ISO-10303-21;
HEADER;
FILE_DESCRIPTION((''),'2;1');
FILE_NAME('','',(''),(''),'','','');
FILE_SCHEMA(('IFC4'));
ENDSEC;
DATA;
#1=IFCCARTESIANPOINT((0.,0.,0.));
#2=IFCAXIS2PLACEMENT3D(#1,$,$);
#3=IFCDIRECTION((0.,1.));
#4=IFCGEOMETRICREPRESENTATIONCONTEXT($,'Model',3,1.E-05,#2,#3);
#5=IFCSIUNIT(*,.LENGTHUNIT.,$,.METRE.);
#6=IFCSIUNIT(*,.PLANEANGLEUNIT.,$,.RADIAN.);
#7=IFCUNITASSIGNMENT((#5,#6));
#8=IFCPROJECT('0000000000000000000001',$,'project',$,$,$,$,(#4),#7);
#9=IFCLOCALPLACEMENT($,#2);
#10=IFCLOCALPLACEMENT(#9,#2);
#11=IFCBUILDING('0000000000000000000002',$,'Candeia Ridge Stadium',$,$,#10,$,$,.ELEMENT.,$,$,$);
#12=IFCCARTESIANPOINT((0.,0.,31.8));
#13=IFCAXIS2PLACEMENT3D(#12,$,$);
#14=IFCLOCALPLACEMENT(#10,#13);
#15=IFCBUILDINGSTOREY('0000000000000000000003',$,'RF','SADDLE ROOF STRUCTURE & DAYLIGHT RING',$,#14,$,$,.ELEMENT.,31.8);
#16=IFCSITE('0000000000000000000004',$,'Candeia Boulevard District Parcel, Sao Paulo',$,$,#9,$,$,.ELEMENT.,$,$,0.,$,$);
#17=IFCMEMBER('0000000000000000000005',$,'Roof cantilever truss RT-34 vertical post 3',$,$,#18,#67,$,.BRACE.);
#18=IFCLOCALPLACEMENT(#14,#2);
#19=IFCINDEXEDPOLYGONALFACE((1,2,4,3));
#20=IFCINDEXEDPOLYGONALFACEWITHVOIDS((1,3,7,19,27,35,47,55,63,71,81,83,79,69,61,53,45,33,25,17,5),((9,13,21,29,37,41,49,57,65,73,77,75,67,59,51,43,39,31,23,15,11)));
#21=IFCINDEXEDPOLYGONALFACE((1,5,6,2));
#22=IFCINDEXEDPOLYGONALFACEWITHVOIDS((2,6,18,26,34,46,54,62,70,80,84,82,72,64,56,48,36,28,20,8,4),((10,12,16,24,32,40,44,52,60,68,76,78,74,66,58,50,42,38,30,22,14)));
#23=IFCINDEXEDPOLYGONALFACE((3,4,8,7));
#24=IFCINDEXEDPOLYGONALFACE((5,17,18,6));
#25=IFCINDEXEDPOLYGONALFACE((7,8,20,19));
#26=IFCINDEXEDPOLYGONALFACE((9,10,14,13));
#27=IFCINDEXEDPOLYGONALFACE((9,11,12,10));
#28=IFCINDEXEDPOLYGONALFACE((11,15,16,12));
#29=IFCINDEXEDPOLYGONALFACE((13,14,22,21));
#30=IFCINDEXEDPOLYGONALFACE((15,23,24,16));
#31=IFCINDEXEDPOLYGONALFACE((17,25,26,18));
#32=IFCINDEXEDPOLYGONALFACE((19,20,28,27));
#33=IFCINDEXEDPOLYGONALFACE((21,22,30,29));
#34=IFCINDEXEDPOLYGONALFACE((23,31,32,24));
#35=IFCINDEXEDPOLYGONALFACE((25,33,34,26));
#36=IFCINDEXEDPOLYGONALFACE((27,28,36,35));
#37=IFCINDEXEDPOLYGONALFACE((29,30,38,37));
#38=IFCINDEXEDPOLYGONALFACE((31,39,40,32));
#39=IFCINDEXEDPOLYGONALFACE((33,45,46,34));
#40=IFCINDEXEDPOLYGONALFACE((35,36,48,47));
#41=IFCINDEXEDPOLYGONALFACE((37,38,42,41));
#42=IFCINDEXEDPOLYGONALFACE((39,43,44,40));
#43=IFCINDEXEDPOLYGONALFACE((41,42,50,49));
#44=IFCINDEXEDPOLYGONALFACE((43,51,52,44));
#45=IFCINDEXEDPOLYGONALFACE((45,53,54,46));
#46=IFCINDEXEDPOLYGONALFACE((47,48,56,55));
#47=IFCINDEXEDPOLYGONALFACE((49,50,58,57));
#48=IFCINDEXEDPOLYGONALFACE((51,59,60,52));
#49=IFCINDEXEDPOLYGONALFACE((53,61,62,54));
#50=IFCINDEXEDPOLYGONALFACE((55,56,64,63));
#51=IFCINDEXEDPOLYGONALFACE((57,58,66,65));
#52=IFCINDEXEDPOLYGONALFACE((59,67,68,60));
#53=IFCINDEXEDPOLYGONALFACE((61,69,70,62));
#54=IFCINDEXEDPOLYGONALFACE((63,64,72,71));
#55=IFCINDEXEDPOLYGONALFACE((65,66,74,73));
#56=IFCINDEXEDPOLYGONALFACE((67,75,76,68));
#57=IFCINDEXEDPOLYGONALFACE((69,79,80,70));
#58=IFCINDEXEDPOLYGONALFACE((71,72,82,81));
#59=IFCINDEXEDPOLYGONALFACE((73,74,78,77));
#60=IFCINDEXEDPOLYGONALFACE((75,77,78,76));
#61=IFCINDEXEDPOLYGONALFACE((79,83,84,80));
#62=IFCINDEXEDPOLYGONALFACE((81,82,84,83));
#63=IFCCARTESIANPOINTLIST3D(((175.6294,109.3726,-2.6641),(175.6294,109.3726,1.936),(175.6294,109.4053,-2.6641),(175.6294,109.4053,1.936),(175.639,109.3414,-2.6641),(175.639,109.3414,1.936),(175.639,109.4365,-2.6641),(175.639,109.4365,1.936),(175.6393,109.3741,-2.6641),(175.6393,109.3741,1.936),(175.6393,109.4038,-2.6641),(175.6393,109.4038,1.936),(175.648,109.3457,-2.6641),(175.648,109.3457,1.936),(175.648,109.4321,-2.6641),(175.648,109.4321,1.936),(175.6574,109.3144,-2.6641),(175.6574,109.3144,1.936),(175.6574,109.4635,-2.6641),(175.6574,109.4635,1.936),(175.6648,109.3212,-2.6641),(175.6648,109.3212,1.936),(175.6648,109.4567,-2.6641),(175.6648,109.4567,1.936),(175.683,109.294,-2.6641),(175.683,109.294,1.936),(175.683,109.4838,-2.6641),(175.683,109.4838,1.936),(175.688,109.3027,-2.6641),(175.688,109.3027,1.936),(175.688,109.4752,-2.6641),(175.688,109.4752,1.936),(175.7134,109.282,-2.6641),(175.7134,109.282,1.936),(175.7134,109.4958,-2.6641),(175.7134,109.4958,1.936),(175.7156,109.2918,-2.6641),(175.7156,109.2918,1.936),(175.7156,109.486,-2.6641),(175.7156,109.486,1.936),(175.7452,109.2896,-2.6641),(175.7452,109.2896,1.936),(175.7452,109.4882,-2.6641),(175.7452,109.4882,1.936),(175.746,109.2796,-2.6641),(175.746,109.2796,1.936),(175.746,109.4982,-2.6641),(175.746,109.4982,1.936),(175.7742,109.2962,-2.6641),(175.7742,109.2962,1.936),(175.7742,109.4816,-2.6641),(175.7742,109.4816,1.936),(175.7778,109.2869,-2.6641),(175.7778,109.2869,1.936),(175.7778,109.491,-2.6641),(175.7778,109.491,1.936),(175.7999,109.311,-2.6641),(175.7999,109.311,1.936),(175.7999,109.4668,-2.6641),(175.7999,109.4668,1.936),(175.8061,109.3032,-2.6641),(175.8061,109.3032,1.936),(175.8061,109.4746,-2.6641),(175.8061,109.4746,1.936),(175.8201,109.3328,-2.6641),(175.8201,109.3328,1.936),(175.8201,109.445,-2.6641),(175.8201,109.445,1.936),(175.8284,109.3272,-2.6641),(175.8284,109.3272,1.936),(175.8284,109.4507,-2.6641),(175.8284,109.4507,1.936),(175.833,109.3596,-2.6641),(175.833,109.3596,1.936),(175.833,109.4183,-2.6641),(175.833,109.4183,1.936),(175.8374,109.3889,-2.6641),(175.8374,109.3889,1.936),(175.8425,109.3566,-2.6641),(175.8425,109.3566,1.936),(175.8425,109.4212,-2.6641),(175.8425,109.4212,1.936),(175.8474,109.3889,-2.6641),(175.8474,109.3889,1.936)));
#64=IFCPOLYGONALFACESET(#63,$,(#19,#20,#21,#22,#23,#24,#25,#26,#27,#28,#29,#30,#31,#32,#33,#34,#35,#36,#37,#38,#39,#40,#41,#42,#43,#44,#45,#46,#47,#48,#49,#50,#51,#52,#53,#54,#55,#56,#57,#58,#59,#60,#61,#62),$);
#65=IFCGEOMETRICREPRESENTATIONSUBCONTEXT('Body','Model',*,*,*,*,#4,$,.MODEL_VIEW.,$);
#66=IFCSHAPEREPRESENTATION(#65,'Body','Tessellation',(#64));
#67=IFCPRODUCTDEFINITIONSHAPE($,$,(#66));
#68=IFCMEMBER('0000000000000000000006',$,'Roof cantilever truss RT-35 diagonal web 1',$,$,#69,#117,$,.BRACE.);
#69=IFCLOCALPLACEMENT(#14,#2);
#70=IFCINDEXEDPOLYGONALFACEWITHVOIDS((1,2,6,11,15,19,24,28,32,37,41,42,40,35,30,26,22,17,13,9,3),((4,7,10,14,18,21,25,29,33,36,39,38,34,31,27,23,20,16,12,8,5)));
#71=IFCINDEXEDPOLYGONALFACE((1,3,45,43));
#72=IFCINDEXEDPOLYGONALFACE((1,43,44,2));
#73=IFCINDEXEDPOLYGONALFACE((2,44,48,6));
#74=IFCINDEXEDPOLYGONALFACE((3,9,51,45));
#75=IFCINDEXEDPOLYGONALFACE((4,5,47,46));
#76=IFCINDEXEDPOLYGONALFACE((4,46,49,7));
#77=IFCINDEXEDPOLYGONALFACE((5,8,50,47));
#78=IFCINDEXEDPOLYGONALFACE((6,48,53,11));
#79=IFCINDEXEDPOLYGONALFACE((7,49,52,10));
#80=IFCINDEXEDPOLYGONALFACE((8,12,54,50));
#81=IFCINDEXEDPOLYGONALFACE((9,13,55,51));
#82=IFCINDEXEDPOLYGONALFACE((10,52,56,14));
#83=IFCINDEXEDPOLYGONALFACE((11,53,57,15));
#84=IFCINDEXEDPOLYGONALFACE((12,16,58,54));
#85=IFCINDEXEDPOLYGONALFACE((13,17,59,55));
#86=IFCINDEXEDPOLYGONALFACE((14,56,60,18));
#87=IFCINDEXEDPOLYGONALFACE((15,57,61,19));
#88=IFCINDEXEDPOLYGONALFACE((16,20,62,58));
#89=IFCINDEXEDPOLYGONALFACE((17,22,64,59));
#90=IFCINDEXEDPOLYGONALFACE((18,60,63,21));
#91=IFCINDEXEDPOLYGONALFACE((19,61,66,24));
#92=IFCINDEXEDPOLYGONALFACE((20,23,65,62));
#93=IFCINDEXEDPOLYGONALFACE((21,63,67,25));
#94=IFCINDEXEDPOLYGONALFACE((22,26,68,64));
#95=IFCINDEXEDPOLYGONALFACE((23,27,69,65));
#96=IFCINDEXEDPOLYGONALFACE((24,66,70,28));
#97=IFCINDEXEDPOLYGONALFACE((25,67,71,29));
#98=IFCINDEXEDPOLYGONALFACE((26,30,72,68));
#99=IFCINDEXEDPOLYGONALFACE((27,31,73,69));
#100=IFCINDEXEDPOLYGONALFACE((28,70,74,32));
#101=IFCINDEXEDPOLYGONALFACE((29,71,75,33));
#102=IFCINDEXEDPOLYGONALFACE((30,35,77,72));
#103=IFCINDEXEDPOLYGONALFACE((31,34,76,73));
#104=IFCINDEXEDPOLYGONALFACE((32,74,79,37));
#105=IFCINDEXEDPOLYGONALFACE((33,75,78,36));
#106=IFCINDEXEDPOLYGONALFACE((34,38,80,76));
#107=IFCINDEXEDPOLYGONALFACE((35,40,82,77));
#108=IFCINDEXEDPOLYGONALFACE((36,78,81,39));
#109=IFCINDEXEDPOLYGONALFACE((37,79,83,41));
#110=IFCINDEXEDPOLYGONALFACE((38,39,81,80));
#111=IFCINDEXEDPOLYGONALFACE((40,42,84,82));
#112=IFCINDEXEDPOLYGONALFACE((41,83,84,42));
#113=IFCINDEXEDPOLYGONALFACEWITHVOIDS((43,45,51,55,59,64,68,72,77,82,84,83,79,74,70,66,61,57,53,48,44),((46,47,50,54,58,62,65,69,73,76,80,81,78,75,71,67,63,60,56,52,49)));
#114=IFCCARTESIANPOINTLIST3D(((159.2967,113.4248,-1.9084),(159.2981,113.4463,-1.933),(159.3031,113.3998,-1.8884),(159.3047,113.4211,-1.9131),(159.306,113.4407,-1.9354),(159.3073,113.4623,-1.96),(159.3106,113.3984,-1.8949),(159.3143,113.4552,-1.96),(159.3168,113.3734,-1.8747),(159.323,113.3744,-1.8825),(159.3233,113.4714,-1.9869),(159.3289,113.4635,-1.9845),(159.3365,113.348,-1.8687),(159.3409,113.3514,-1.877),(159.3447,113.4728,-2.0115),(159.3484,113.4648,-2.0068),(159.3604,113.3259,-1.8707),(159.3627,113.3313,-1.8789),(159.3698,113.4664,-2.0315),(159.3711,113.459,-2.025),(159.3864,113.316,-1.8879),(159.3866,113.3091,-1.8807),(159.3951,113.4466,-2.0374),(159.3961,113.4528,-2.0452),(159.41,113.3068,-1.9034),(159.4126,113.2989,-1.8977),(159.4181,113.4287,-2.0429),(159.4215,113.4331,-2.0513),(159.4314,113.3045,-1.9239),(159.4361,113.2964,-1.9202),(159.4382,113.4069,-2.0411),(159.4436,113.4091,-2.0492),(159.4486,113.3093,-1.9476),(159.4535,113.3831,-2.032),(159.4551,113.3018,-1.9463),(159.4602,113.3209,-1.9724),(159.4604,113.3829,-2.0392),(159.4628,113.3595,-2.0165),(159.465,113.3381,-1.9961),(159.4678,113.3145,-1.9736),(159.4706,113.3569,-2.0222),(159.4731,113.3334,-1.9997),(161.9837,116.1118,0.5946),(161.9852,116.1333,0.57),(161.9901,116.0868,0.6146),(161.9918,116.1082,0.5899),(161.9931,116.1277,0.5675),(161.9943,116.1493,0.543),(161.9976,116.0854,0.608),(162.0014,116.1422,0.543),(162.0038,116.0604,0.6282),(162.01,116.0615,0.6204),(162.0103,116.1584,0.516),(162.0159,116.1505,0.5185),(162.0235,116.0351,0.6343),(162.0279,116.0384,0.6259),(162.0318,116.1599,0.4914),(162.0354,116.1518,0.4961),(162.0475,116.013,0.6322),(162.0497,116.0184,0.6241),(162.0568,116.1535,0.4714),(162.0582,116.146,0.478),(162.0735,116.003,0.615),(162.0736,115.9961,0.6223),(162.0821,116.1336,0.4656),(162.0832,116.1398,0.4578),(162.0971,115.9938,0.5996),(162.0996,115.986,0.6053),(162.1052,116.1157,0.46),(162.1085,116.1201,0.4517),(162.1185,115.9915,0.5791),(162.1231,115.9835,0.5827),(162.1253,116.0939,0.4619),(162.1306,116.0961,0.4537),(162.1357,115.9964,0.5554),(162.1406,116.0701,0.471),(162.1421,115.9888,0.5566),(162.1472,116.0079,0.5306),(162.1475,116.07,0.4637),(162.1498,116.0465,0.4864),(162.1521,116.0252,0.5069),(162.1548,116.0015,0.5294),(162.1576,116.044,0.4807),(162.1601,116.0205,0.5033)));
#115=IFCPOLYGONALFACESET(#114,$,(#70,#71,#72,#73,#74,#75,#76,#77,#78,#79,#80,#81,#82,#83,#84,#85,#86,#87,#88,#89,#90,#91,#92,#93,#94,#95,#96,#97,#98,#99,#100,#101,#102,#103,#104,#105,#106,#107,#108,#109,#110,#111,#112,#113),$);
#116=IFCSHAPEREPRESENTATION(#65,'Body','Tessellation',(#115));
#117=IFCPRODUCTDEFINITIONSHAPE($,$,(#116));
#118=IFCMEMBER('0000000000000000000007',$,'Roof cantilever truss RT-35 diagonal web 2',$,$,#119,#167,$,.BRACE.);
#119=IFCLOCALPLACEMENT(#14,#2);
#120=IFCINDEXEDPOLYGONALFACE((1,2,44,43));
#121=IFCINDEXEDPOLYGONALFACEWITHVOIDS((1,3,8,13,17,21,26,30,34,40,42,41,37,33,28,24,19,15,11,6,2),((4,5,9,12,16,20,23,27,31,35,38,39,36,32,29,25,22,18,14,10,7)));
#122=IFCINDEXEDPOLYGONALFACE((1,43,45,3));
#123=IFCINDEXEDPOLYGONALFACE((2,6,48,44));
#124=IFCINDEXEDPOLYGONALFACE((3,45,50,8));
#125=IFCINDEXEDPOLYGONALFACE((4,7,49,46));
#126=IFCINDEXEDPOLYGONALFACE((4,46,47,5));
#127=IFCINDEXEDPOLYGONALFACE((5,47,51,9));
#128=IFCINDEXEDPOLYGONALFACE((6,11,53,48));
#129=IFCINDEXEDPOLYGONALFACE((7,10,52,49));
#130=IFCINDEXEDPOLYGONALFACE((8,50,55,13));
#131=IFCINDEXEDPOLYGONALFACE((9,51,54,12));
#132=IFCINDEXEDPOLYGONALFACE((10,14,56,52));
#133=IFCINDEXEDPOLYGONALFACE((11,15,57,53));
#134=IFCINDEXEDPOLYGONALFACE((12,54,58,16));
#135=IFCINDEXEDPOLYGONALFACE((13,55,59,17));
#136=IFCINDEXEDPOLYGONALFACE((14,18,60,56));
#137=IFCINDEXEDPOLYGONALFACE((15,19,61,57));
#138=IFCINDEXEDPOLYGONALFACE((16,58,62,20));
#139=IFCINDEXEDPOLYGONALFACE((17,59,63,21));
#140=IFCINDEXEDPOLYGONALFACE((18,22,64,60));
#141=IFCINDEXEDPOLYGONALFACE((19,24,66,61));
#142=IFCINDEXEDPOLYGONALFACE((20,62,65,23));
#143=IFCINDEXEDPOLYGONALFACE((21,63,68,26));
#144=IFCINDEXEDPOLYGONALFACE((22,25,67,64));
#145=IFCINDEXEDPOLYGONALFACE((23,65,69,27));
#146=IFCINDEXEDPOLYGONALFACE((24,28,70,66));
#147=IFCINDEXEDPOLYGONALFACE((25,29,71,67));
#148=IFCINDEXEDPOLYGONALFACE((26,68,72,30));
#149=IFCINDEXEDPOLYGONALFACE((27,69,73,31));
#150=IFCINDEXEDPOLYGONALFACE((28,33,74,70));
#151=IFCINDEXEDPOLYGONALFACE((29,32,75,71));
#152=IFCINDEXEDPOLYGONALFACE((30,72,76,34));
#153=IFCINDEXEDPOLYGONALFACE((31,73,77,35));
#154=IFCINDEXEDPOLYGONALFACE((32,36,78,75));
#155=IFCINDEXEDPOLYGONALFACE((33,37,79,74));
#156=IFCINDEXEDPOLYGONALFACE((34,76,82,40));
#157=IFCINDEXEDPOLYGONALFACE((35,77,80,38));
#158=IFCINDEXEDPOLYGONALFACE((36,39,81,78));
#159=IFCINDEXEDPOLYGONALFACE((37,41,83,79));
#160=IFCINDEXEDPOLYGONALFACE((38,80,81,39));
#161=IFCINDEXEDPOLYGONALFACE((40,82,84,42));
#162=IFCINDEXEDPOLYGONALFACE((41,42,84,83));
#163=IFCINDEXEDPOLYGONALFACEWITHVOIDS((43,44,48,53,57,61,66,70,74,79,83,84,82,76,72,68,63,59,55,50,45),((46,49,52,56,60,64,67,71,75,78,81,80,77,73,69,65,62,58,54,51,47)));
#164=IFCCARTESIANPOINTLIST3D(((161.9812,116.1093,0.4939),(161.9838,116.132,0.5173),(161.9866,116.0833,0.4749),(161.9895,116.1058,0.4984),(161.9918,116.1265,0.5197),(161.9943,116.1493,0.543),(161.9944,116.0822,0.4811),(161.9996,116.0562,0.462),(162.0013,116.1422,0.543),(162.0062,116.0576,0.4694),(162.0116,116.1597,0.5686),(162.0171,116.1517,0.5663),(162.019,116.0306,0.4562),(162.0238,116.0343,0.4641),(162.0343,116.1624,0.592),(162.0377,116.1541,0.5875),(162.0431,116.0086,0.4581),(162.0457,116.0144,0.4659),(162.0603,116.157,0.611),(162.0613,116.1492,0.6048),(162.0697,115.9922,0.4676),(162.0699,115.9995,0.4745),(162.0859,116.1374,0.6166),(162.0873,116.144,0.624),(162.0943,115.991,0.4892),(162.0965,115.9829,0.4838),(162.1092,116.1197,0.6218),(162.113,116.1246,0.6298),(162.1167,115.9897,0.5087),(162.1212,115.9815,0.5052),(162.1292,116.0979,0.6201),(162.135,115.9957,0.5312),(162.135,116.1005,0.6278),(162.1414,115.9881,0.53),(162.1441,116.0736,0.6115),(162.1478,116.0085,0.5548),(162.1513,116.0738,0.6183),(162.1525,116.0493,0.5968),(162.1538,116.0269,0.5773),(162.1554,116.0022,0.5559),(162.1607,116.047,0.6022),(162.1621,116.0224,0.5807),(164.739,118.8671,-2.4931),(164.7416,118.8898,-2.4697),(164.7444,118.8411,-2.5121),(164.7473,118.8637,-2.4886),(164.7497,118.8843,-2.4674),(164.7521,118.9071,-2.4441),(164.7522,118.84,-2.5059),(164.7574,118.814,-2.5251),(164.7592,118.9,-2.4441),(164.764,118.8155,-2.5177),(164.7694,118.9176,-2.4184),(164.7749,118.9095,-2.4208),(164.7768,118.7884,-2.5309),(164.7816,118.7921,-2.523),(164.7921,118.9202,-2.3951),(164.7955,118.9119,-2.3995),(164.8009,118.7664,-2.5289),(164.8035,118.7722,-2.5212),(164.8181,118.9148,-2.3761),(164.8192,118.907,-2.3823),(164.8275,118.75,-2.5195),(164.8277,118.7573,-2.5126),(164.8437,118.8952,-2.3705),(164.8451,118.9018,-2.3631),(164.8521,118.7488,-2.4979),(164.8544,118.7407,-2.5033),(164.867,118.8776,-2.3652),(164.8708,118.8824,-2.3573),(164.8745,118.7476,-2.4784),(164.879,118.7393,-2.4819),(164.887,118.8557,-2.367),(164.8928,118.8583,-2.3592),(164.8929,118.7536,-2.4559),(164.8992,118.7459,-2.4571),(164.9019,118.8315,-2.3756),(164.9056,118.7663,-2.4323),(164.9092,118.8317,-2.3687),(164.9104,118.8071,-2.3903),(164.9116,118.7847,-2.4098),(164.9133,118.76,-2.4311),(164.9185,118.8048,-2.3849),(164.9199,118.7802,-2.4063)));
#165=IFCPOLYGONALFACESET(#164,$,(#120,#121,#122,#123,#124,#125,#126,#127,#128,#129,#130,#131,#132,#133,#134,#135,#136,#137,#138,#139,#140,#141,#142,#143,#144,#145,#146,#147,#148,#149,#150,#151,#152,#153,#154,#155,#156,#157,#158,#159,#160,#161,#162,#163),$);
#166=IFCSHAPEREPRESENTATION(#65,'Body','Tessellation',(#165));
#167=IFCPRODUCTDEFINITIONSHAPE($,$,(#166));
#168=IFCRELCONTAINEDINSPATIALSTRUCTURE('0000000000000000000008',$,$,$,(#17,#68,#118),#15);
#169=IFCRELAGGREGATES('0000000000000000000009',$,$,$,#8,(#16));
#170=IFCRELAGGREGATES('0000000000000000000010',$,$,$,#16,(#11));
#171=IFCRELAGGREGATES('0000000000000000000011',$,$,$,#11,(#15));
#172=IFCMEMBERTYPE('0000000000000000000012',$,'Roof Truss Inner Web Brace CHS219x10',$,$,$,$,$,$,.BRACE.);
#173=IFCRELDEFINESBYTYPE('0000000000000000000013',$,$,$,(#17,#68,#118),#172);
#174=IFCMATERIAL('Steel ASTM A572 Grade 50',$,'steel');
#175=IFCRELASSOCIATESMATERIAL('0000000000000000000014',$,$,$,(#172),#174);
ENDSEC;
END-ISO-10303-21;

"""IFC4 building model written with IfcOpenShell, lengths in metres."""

from ifc_helpers import new_model, si_unit, direction, frame, origin, origin_2d, place, context, subcontext, project, spatial, hollow_circle, extrude, material, material_profile, profile_set, type_object, element, save


model = new_model("IFC4")

# Units and contexts
model_context = context("Model", 3, precision=1e-05, world=origin(), true_north=direction((0.0, 1.0)))
body_context = subcontext(model_context, "Body", "Model", "MODEL_VIEW")
ifc_project = project(units=[si_unit("LENGTHUNIT", "METRE"), si_unit("PLANEANGLEUNIT", "RADIAN")], contexts=[model_context])

# Site, building, storey
site_placement = place(None, origin())
site = spatial("IfcSite", under=ifc_project, at=site_placement, Name="Candeia Boulevard District Parcel, Sao Paulo", CompositionType="ELEMENT", RefElevation=0.0)
building_placement = place(site_placement, origin())
building = spatial("IfcBuilding", under=site, at=building_placement, Name="Candeia Ridge Stadium", CompositionType="ELEMENT")
storey_placement = place(building_placement, frame((0.0, 0.0, 31.8)))
storey = spatial("IfcBuildingStorey", under=building, at=storey_placement, Name="RF", Description="SADDLE ROOF STRUCTURE & DAYLIGHT RING", CompositionType="ELEMENT", Elevation=31.8)

# Shared definitions
ifc_material_1 = material(Name="Steel ASTM A572 Grade 50", Category="steel")

# Members
ifc_material_profile_1 = material_profile(ifc_material_1, hollow_circle(Radius=0.1096, WallThickness=0.01, at=origin_2d()), Name="CHS219x10", Category="steel")
ifc_profile_set_1 = profile_set([ifc_material_profile_1], Name="Steel ASTM A572 Grade 50")
member_type_1 = type_object("IfcMemberType", Name="Roof Truss Inner Web Brace CHS219x10", PredefinedType="BRACE", material=ifc_profile_set_1)
member_1_placement = place(storey_placement, frame((175.7378, 109.3889, -2.6641), z_axis=(0.0, 0.0, 1.0), x_axis=(1.0, 0.0, 0.0)))
element("IfcMember", 1, at=member_1_placement, inside=storey, type_object=member_type_1, Name="Roof cantilever truss RT-34 vertical post 3", PredefinedType="BRACE", context=body_context, shape_type="SweptSolid", body=[
    extrude(hollow_circle(Radius=0.1096, WallThickness=0.01, at=origin_2d()), origin(), (0.0, 0.0, 1.0), 4.6001),
])
member_2_placement = place(storey_placement, frame((159.3848, 113.3848, -1.96), z_axis=(0.59052, 0.59052, 0.550065), x_axis=(-0.707107, 0.707107, 0.0)))
element("IfcMember", 2, at=member_2_placement, inside=storey, type_object=member_type_1, Name="Roof cantilever truss RT-35 diagonal web 1", PredefinedType="BRACE", context=body_context, shape_type="SweptSolid", body=[
    extrude(hollow_circle(Radius=0.1096, WallThickness=0.01, at=origin_2d()), origin(), (0.0, 0.0, 1.0), 4.5503),
])
member_3_placement = place(storey_placement, frame((162.0718, 116.0718, 0.543), z_axis=(0.561376, 0.561376, -0.608041), x_axis=(-0.707107, 0.707107, 0.0)))
element("IfcMember", 3, at=member_3_placement, inside=storey, type_object=member_type_1, Name="Roof cantilever truss RT-35 diagonal web 2", PredefinedType="BRACE", context=body_context, shape_type="SweptSolid", body=[
    extrude(hollow_circle(Radius=0.1096, WallThickness=0.01, at=origin_2d()), origin(), (0.0, 0.0, 1.0), 4.9126),
])

save(model, "model.ifc")
